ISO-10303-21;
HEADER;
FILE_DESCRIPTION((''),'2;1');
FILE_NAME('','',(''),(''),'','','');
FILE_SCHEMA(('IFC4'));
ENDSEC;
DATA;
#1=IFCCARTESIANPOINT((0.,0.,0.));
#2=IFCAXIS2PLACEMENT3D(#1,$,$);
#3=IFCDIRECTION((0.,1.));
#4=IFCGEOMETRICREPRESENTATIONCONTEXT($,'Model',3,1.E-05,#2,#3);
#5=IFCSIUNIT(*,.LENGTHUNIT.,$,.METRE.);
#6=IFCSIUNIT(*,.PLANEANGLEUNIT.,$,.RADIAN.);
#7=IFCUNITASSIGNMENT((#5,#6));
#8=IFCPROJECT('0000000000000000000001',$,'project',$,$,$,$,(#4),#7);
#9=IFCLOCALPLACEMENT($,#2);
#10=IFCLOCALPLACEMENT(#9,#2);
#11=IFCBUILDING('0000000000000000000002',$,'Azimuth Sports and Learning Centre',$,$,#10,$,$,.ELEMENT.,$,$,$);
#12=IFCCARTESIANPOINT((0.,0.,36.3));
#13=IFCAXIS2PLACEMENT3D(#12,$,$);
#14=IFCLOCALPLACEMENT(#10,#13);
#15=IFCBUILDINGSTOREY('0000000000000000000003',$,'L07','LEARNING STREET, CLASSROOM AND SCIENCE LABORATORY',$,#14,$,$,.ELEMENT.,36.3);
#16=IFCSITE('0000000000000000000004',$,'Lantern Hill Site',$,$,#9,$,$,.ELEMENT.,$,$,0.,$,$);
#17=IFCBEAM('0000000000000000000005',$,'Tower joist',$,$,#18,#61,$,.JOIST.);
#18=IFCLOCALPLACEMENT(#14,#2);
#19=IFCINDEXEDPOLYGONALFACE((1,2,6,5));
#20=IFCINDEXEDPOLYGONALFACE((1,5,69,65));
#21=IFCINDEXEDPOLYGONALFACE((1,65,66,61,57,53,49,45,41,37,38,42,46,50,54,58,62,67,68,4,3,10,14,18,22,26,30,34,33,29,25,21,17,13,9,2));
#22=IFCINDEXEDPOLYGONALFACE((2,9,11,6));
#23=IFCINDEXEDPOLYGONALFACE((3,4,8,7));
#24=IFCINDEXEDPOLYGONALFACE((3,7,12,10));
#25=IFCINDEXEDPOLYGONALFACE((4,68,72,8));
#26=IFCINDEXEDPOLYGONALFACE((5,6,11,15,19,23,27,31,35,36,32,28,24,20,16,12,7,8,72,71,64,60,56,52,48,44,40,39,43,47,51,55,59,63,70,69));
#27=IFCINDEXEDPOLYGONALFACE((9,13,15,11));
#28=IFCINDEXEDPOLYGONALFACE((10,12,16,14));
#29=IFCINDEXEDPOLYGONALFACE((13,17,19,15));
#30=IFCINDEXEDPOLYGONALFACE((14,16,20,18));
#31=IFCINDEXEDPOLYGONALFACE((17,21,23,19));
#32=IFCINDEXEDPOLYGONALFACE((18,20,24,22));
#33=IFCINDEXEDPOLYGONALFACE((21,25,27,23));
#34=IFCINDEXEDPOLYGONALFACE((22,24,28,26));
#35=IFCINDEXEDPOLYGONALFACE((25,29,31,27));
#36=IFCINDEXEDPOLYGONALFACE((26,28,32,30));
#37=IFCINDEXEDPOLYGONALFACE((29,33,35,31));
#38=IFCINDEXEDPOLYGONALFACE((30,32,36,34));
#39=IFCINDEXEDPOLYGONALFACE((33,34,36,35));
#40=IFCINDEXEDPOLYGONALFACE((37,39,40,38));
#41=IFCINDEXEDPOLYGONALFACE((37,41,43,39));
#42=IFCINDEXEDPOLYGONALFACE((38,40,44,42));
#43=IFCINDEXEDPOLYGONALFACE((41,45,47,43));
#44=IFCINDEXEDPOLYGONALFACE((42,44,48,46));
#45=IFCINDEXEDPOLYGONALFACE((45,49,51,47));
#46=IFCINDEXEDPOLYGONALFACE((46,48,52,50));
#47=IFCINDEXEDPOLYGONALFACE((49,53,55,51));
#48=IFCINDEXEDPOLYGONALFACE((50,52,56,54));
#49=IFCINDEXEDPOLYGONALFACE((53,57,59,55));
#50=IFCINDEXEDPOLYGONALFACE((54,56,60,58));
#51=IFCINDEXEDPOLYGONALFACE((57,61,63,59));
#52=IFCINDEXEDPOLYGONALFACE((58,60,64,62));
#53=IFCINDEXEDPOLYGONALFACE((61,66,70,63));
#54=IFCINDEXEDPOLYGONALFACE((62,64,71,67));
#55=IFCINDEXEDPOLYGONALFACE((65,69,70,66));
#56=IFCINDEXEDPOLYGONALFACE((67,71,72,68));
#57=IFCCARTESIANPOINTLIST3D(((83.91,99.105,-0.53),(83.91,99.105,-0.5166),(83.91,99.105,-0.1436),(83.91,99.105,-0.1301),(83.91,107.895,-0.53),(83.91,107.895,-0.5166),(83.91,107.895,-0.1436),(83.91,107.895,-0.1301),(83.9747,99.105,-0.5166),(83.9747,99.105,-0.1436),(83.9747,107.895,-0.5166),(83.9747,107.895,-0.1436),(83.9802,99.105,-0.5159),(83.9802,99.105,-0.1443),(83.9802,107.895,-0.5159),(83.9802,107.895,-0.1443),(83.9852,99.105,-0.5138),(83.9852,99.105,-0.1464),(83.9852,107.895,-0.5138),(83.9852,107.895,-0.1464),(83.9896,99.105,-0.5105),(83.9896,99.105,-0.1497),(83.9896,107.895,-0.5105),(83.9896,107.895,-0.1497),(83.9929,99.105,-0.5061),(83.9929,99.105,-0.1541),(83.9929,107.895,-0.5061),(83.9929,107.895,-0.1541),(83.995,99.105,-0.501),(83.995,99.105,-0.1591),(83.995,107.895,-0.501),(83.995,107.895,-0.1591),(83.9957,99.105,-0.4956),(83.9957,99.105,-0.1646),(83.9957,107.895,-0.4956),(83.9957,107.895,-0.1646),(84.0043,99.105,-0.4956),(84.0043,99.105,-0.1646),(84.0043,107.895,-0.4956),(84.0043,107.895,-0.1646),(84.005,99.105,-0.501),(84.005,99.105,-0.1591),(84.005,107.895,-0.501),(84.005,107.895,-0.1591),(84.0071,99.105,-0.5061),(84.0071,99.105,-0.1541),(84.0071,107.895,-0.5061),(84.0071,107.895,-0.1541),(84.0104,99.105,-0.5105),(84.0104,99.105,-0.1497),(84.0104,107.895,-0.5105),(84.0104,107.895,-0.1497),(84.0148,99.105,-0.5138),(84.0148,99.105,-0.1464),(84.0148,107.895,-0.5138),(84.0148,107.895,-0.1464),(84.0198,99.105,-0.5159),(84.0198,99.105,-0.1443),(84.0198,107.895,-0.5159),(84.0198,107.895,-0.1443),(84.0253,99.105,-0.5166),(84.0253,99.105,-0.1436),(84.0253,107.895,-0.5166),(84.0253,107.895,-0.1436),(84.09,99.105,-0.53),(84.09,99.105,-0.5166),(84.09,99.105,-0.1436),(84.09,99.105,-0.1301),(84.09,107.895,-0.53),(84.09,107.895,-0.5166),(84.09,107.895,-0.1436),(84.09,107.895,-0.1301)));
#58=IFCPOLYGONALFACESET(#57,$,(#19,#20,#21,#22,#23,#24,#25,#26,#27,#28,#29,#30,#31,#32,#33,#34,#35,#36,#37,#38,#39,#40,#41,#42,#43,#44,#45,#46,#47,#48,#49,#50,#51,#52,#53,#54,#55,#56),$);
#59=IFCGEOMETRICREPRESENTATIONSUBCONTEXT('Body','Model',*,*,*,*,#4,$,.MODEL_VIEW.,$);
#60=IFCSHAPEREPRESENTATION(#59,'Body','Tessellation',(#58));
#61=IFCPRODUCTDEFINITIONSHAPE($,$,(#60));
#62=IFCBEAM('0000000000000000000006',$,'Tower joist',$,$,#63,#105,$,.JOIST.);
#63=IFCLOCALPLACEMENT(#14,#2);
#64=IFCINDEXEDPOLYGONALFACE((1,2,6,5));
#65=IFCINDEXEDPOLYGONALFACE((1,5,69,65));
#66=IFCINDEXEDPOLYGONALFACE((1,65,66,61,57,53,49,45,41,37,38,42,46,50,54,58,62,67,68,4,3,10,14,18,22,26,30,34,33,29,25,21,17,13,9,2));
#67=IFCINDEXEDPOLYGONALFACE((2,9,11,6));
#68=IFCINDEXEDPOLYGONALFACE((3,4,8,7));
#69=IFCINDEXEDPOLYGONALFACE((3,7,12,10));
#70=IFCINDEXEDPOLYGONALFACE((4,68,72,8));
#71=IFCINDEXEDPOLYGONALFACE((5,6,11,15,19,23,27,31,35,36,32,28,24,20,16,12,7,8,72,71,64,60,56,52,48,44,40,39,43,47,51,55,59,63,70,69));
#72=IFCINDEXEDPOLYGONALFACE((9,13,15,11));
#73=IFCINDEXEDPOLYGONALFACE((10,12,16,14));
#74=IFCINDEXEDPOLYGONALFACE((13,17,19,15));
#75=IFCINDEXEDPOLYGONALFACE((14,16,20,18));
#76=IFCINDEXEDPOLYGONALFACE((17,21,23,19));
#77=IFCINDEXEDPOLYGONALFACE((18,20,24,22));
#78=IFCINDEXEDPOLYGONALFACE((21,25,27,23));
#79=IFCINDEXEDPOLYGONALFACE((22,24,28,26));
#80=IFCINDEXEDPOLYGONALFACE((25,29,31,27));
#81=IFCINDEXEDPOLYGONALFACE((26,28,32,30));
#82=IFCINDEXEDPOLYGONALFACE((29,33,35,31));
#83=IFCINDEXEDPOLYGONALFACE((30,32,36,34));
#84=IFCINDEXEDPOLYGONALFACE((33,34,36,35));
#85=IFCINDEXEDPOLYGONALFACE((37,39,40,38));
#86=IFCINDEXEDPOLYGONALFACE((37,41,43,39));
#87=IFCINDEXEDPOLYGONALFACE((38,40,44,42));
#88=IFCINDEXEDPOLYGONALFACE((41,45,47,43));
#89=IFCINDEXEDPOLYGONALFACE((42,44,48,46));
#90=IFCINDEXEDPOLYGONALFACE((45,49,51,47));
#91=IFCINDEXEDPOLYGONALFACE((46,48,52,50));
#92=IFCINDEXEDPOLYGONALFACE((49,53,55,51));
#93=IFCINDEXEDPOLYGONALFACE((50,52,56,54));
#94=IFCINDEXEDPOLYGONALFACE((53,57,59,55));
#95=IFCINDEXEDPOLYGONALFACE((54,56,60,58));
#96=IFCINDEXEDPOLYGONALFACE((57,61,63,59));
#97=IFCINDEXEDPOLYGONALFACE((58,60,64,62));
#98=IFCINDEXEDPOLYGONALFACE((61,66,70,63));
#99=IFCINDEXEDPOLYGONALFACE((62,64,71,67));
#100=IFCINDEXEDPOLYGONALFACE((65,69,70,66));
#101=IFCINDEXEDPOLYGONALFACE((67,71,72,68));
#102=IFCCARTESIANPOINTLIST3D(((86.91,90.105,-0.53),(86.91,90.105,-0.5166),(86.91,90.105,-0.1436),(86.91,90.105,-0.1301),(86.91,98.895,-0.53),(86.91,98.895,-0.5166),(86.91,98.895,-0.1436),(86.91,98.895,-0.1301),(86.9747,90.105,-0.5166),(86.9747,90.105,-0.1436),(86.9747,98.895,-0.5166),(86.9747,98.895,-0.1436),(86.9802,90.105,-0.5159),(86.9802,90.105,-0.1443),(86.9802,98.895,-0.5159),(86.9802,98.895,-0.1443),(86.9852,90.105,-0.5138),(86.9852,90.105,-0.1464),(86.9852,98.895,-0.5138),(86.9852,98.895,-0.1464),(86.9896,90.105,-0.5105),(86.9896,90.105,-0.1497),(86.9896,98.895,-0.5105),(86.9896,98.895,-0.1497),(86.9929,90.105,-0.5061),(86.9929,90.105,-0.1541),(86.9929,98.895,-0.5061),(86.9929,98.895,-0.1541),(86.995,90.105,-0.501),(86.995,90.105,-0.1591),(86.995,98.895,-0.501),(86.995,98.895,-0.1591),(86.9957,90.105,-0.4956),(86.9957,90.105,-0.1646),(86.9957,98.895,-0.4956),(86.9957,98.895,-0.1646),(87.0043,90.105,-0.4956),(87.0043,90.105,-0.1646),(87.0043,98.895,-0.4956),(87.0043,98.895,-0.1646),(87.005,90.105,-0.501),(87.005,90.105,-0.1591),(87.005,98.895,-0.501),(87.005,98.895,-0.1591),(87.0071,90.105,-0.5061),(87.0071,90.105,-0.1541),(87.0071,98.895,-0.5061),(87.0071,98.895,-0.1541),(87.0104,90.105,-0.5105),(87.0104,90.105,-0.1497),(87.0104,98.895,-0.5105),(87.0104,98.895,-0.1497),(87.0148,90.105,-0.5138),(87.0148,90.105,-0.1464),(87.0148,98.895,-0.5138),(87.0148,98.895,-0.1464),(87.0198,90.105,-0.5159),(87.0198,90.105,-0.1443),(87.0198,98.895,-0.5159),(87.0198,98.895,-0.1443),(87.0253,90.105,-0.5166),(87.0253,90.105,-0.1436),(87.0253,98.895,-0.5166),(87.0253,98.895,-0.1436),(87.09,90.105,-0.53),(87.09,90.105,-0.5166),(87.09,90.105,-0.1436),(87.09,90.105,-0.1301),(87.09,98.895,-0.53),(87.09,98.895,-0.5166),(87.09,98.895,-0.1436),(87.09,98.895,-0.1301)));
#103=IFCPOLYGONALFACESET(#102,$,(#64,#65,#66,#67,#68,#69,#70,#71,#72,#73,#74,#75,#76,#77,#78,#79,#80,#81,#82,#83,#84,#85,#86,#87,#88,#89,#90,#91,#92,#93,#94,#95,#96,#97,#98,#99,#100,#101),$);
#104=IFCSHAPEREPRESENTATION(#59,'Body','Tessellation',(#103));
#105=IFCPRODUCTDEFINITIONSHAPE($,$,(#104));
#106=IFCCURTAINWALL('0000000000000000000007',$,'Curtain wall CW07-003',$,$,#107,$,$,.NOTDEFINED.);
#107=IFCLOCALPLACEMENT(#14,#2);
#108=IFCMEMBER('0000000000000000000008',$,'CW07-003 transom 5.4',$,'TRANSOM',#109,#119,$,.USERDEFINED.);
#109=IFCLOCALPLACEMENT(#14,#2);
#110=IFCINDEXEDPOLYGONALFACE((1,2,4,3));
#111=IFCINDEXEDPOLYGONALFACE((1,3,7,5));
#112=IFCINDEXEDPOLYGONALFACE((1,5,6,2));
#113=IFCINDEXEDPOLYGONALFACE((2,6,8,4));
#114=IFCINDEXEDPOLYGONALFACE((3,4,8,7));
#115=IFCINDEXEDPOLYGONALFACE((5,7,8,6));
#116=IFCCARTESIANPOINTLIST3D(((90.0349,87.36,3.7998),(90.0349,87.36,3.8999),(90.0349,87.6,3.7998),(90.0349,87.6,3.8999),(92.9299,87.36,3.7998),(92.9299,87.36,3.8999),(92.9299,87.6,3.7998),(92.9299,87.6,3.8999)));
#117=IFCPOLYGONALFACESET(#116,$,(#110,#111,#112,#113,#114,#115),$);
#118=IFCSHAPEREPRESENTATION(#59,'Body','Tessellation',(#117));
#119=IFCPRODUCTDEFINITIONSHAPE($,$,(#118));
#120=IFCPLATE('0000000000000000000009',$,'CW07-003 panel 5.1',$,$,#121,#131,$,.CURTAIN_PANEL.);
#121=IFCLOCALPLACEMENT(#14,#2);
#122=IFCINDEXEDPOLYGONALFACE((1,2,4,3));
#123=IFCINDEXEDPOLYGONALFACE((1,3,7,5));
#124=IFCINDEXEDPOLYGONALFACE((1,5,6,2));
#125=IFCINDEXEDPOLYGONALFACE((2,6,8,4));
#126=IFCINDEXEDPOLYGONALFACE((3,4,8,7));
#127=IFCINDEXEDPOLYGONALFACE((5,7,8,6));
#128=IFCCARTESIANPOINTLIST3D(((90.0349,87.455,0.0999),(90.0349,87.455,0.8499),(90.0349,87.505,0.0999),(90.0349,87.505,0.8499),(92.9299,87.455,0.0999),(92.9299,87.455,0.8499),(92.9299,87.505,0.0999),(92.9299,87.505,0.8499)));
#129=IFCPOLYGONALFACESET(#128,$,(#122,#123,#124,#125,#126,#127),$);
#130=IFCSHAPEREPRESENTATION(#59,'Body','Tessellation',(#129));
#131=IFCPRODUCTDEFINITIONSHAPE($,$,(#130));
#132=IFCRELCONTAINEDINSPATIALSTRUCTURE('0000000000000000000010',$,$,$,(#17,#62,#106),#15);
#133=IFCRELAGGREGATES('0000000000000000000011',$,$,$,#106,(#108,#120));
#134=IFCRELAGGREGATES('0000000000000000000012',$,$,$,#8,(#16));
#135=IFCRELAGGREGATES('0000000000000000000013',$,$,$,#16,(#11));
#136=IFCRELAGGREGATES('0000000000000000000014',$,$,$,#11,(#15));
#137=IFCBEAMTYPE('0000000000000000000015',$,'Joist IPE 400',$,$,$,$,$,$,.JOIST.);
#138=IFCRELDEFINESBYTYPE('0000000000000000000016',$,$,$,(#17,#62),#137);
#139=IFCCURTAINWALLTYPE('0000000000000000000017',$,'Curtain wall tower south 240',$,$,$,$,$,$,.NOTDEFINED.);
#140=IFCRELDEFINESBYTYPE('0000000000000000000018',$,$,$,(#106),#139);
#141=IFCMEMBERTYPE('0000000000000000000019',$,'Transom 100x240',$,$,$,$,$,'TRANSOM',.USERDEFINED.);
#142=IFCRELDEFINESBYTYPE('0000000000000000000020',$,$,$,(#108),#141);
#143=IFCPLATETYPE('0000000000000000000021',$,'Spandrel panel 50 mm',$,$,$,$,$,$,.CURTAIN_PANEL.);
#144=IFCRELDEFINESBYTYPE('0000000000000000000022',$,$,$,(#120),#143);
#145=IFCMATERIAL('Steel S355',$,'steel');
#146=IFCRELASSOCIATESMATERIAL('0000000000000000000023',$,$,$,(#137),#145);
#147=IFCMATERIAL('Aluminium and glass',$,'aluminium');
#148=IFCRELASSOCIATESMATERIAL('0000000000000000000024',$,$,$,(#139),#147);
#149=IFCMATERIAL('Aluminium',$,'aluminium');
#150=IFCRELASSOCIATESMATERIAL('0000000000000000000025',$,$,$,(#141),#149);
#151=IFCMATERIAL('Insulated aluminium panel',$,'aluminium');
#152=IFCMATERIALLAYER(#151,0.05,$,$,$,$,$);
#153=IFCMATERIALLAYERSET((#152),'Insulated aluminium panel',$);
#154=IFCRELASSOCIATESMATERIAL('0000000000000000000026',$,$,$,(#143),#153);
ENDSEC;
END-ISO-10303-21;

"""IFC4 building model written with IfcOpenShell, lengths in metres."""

from ifc_helpers import new_model, si_unit, direction, frame, origin, origin_2d, place, context, subcontext, project, spatial, rectangle, i_section, extrude, material, layer, layer_set, material_profile, profile_set, type_object, element, aggregate, save


model = new_model("IFC4")

# Units and contexts
model_context = context("Model", 3, precision=1e-05, world=origin(), true_north=direction((0.0, 1.0)))
body_context = subcontext(model_context, "Body", "Model", "MODEL_VIEW")
ifc_project = project(units=[si_unit("LENGTHUNIT", "METRE"), si_unit("PLANEANGLEUNIT", "RADIAN")], contexts=[model_context])

# Site, building, storey
site_placement = place(None, origin())
site = spatial("IfcSite", under=ifc_project, at=site_placement, Name="Lantern Hill Site", CompositionType="ELEMENT", RefElevation=0.0)
building_placement = place(site_placement, origin())
building = spatial("IfcBuilding", under=site, at=building_placement, Name="Azimuth Sports and Learning Centre", CompositionType="ELEMENT")
storey_placement = place(building_placement, frame((0.0, 0.0, 36.3)))
storey = spatial("IfcBuildingStorey", under=building, at=storey_placement, Name="L07", Description="LEARNING STREET, CLASSROOM AND SCIENCE LABORATORY", CompositionType="ELEMENT", Elevation=36.3)

# Beams
ifc_material_1 = material(Name="Steel S355", Category="steel")
ifc_material_profile_1 = material_profile(ifc_material_1, i_section(OverallWidth=0.1799, OverallDepth=0.3999, WebThickness=0.0085, FlangeThickness=0.0134, FilletRadius=0.021, at=origin_2d()), Name="IPE 400")
ifc_profile_set_1 = profile_set([ifc_material_profile_1], Name="Steel S355")
beam_type_1 = type_object("IfcBeamType", Name="Joist IPE 400", PredefinedType="JOIST", material=ifc_profile_set_1)
for number, where, z_axis, x_axis, name in (
    (1, (84.0, 99.105, -0.3301), (0.0, 1.0, 0.0), (-1.0, 0.0, 0.0), "Tower joist"),
    (2, (87.0, 90.105, -0.3301), (0.0, 1.0, 0.0), (-1.0, 0.0, 0.0), "Tower joist"),
):
    element("IfcBeam", number, at=place(storey_placement, frame(where, z_axis=z_axis, x_axis=x_axis)), inside=storey, type_object=beam_type_1, Name=name, PredefinedType="JOIST", context=body_context, shape_type="SweptSolid", body=[
        extrude(i_section(OverallWidth=0.1799, OverallDepth=0.3999, WebThickness=0.0085, FlangeThickness=0.0134, FilletRadius=0.021, at=origin_2d()), origin(), (0.0, 0.0, 1.0), 8.79),
    ])

# Curtain wall, member, plate
ifc_material_2 = material(Name="Aluminium and glass", Category="aluminium")
curtain_wall_type = type_object("IfcCurtainWallType", Name="Curtain wall tower south 240", PredefinedType="NOTDEFINED", material=ifc_material_2)
curtain_wall_placement = place(storey_placement, origin())
curtain_wall = element("IfcCurtainWall", 3, at=curtain_wall_placement, inside=storey, type_object=curtain_wall_type, Name="Curtain wall CW07-003", PredefinedType="NOTDEFINED")
ifc_material_3 = material(Name="Aluminium", Category="aluminium")
ifc_material_profile_2 = material_profile(ifc_material_3, rectangle(XDim=0.24, YDim=0.1001, at=origin_2d()), Name="Transom 100x240")
ifc_profile_set_2 = profile_set([ifc_material_profile_2], Name="Aluminium")
member_type = type_object("IfcMemberType", Name="Transom 100x240", ElementType="TRANSOM", PredefinedType="USERDEFINED", material=ifc_profile_set_2)
member_placement = place(storey_placement, frame((90.0349, 87.48, 3.8499), z_axis=(1.0, 0.0, 0.0), x_axis=(0.0, 1.0, 0.0)))
member = element("IfcMember", 4, at=member_placement, type_object=member_type, Name="CW07-003 transom 5.4", ObjectType="TRANSOM", PredefinedType="USERDEFINED", context=body_context, shape_type="SweptSolid", body=[
    extrude(rectangle(XDim=0.24, YDim=0.1001, at=origin_2d()), origin(), (0.0, 0.0, 1.0), 2.895),
])
ifc_material_4 = material(Name="Insulated aluminium panel", Category="aluminium")
ifc_layer_1 = layer(ifc_material_4, 0.05)
ifc_layer_set_1 = layer_set([ifc_layer_1], Name="Insulated aluminium panel")
plate_type = type_object("IfcPlateType", Name="Spandrel panel 50 mm", PredefinedType="CURTAIN_PANEL", material=ifc_layer_set_1)
plate_placement = place(storey_placement, frame((91.4824, 87.48, 0.0999), z_axis=(0.0, 0.0, 1.0), x_axis=(1.0, 0.0, 0.0)))
plate = element("IfcPlate", 5, at=plate_placement, type_object=plate_type, Name="CW07-003 panel 5.1", PredefinedType="CURTAIN_PANEL", context=body_context, shape_type="SweptSolid", body=[
    extrude(rectangle(XDim=2.895, YDim=0.05, at=origin_2d()), origin(), (0.0, 0.0, 1.0), 0.75),
])
aggregate(curtain_wall, [member, plate])

save(model, "model.ifc")
